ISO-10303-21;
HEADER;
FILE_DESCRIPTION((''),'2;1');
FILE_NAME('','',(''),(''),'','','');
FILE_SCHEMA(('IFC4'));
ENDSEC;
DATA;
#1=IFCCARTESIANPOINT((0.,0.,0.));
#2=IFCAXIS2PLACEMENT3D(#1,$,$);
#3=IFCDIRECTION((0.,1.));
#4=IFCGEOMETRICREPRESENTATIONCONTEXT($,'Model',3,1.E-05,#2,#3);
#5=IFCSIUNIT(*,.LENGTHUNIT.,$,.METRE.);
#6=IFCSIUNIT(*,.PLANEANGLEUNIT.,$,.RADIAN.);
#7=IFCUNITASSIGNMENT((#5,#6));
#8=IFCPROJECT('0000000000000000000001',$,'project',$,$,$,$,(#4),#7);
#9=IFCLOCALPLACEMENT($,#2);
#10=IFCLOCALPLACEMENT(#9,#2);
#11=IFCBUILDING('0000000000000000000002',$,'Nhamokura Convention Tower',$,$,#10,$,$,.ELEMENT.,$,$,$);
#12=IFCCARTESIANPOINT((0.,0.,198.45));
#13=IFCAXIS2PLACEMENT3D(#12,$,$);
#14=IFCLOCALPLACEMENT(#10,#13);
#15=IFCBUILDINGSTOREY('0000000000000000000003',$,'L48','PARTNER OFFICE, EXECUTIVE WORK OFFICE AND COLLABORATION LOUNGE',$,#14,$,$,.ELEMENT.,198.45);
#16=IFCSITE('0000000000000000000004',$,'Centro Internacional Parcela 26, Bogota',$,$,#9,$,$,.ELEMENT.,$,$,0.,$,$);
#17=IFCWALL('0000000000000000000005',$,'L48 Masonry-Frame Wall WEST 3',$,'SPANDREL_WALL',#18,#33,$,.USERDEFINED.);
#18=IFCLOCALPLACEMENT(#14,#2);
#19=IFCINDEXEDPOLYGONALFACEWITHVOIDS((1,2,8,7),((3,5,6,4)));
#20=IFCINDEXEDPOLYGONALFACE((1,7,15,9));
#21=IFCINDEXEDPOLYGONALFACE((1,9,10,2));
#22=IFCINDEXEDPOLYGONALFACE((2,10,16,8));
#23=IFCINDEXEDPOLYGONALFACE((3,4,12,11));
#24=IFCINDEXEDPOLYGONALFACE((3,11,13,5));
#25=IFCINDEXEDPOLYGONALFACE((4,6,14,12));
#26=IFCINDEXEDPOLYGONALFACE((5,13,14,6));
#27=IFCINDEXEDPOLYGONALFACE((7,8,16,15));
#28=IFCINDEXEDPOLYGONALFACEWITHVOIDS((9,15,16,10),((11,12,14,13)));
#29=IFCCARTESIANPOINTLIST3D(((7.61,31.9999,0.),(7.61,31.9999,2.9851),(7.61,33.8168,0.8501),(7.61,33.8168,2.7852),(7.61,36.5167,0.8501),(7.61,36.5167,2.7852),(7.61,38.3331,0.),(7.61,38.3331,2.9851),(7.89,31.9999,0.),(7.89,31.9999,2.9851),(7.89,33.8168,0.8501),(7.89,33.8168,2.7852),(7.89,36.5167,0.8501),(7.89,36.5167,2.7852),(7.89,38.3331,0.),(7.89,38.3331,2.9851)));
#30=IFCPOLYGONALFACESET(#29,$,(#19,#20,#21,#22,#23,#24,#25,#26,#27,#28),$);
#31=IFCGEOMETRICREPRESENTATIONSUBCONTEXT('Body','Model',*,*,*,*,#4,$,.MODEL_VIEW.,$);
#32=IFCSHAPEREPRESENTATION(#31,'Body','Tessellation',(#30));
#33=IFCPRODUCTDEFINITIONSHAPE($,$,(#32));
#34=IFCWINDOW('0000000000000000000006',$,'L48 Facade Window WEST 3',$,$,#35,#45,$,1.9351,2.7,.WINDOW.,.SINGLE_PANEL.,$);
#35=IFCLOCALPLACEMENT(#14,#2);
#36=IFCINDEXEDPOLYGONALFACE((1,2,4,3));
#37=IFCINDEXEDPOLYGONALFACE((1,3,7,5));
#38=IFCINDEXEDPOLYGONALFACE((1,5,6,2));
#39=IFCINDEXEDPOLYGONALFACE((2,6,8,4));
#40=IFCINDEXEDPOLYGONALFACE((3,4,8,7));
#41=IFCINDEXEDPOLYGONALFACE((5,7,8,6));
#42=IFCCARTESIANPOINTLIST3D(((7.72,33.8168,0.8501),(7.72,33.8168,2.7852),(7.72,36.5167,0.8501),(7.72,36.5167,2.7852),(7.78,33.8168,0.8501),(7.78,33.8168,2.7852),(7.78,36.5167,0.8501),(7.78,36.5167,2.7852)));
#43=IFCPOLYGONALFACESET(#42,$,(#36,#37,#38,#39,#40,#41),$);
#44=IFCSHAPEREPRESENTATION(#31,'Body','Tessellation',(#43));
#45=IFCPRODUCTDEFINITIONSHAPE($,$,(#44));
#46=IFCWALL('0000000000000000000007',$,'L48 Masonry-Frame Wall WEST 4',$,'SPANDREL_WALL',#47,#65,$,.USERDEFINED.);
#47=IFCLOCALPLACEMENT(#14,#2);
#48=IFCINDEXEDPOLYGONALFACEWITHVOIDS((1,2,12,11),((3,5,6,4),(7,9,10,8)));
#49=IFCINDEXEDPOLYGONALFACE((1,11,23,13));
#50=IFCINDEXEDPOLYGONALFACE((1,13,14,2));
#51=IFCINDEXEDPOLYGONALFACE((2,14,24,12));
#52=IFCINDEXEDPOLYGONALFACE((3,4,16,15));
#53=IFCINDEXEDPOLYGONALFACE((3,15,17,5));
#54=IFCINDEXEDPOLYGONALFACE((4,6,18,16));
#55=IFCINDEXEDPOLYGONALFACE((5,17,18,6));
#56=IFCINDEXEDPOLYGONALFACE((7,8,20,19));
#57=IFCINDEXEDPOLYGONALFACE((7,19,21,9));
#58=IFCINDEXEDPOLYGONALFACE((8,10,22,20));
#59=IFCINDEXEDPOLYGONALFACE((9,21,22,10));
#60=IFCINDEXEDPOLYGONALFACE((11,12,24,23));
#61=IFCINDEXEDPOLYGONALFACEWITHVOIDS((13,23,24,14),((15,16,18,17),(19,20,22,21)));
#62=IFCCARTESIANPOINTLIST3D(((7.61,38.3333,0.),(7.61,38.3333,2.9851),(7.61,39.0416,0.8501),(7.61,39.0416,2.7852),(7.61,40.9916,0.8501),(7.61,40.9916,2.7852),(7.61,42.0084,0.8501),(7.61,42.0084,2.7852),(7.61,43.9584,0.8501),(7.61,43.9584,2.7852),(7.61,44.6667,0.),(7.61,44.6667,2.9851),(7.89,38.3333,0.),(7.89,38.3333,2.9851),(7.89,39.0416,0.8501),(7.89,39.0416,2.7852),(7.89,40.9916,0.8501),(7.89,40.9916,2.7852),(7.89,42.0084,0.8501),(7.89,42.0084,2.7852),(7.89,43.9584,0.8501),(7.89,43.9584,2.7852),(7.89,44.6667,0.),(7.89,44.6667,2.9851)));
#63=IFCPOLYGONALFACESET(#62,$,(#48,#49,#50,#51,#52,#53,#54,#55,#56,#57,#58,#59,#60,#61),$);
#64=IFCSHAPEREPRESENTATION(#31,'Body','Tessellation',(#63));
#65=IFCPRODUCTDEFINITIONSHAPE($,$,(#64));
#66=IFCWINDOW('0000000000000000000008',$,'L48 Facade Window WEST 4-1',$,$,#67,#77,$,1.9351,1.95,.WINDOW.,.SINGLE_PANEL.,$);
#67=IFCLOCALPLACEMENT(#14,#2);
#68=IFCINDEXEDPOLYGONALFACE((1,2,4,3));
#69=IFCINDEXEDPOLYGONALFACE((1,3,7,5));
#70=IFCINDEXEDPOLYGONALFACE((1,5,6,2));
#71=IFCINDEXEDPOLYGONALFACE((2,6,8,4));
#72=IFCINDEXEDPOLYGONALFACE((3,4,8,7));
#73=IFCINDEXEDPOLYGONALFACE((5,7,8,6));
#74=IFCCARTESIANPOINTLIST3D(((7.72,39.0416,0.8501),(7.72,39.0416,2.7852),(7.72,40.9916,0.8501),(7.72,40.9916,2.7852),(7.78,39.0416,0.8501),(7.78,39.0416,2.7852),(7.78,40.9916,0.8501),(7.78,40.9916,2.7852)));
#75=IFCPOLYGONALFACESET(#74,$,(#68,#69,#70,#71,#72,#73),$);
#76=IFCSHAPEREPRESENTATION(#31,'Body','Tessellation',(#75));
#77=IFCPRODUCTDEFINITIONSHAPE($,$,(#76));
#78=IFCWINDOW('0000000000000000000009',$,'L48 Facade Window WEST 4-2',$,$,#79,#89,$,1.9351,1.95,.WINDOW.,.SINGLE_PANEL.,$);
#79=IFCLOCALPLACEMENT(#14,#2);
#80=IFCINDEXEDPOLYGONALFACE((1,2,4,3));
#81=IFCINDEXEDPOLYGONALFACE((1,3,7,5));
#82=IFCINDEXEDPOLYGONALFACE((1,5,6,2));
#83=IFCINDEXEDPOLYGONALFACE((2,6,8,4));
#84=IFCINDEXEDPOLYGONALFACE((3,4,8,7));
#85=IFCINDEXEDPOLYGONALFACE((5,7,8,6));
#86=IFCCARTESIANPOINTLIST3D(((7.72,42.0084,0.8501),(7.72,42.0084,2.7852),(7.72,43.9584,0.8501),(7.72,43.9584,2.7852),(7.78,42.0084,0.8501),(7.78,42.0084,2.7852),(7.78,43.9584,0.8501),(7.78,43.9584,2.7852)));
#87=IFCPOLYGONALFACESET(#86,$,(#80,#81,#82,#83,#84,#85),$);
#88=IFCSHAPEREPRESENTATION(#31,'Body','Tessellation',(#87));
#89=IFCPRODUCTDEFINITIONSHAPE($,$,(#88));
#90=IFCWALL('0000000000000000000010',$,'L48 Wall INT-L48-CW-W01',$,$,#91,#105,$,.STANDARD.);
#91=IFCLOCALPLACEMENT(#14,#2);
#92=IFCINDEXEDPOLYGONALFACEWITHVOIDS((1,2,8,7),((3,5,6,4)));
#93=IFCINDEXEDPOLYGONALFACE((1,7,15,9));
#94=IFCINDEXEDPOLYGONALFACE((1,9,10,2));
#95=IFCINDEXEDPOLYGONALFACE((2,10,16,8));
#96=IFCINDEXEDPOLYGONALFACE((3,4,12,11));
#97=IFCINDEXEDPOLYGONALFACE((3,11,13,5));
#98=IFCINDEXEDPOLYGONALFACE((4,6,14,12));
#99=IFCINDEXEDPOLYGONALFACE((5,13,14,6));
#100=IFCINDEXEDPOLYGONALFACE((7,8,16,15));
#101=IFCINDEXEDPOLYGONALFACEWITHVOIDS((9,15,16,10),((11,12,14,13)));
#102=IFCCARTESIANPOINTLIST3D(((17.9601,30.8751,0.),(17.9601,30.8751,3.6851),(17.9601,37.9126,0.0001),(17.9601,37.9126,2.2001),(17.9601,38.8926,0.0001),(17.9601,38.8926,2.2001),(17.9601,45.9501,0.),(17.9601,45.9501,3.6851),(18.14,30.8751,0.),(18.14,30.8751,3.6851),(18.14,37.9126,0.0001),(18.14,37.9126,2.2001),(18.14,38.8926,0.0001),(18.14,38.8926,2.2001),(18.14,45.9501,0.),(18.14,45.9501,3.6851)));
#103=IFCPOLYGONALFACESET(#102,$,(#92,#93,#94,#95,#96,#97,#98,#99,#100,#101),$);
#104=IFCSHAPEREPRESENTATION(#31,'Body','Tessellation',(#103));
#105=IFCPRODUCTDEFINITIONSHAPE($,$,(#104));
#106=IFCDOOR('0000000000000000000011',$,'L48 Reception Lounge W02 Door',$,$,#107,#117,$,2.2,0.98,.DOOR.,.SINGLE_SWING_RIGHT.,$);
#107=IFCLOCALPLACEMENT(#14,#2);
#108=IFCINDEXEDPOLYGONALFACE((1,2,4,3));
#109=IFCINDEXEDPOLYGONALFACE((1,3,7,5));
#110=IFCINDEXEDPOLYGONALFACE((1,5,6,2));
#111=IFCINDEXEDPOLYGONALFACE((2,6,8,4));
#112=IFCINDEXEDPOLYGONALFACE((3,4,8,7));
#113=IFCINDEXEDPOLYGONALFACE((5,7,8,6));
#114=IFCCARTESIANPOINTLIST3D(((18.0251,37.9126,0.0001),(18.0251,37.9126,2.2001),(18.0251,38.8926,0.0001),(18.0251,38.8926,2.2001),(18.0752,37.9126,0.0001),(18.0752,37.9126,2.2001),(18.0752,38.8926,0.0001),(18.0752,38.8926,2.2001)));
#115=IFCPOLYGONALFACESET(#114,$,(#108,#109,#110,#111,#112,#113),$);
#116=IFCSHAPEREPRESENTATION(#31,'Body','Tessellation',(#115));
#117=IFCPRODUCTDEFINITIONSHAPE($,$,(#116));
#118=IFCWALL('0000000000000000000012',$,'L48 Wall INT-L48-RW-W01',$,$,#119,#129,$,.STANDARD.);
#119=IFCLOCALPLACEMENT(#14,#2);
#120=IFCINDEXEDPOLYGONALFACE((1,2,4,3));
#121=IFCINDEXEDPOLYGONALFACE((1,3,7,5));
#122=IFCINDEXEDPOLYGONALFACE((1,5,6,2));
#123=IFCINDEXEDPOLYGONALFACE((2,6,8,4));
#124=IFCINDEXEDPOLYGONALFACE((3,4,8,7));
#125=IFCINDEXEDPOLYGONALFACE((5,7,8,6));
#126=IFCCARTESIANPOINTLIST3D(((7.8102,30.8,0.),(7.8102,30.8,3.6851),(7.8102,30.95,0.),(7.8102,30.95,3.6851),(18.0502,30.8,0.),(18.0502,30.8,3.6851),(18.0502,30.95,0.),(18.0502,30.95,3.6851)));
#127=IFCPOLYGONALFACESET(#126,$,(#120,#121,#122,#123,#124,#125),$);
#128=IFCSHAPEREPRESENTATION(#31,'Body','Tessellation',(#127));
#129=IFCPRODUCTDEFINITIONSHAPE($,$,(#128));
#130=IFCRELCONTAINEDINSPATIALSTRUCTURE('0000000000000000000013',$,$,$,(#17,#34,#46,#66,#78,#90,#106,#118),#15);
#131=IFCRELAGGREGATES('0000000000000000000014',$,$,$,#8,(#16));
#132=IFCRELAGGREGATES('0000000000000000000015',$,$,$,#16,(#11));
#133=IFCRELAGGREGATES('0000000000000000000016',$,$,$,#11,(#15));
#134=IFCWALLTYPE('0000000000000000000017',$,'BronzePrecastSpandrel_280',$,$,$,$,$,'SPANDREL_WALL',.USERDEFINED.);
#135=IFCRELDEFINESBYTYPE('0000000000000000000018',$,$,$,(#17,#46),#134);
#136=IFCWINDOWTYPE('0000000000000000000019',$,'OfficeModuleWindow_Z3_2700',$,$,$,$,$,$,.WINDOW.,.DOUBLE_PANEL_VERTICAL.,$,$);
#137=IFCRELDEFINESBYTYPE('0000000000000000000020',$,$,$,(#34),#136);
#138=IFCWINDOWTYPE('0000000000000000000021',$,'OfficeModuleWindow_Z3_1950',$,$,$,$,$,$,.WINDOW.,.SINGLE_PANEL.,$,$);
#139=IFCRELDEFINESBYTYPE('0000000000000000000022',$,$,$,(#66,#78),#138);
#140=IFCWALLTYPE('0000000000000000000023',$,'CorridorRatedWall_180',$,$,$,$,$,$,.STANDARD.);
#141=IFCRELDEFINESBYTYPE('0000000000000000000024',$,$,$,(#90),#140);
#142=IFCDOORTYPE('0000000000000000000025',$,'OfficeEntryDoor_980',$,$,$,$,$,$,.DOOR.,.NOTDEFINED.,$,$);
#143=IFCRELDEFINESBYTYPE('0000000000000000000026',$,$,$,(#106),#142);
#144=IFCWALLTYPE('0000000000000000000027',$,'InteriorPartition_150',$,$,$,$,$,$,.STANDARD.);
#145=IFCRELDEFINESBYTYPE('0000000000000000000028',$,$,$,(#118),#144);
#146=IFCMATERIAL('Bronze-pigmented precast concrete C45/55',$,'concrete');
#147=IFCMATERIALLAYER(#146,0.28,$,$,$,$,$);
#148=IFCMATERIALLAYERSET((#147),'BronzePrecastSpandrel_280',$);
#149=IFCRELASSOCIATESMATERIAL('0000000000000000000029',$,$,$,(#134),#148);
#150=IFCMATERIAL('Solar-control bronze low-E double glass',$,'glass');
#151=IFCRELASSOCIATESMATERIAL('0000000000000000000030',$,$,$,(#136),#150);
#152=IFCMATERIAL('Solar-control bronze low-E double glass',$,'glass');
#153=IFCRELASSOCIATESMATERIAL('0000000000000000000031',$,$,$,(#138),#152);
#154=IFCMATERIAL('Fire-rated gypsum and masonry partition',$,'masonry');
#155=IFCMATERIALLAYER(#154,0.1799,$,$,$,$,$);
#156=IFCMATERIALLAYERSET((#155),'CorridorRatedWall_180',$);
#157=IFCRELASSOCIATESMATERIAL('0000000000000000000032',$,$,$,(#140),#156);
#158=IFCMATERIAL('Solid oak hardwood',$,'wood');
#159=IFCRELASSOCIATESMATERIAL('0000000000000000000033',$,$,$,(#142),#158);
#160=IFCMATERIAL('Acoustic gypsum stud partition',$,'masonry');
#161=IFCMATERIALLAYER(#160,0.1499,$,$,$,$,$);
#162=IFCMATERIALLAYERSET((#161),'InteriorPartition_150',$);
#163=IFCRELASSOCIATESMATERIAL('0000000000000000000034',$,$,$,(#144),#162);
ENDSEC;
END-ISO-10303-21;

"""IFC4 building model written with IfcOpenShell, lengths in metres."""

from ifc_helpers import new_model, si_unit, direction, frame, frame_2d, origin, place, context, subcontext, project, spatial, rectangle, extrude, material, layer, layer_set, type_object, element, fill, save


model = new_model("IFC4")

# Units and contexts
model_context = context("Model", 3, precision=1e-05, world=origin(), true_north=direction((0.0, 1.0)))
body_context = subcontext(model_context, "Body", "Model", "MODEL_VIEW")
ifc_project = project(units=[si_unit("LENGTHUNIT", "METRE"), si_unit("PLANEANGLEUNIT", "RADIAN")], contexts=[model_context])

# Site, building, storey
site_placement = place(None, origin())
site = spatial("IfcSite", under=ifc_project, at=site_placement, Name="Centro Internacional Parcela 26, Bogota", CompositionType="ELEMENT", RefElevation=0.0)
building_placement = place(site_placement, origin())
building = spatial("IfcBuilding", under=site, at=building_placement, Name="Nhamokura Convention Tower", CompositionType="ELEMENT")
storey_placement = place(building_placement, frame((0.0, 0.0, 198.45)))
storey = spatial("IfcBuildingStorey", under=building, at=storey_placement, Name="L48", Description="PARTNER OFFICE, EXECUTIVE WORK OFFICE AND COLLABORATION LOUNGE", CompositionType="ELEMENT", Elevation=198.45)

# Wall, opening, window
ifc_material_1 = material(Name="Bronze-pigmented precast concrete C45/55", Category="concrete")
ifc_layer_1 = layer(ifc_material_1, 0.28)
ifc_layer_set_1 = layer_set([ifc_layer_1], Name="BronzePrecastSpandrel_280")
wall_type_1 = type_object("IfcWallType", Name="BronzePrecastSpandrel_280", ElementType="SPANDREL_WALL", PredefinedType="USERDEFINED", material=ifc_layer_set_1)
wall_1_placement = place(storey_placement, frame((7.75, 32.0, 0.0), z_axis=(0.0, 0.0, 1.0), x_axis=(0.0, 1.0, 0.0)))
wall_1 = element("IfcWall", 1, at=wall_1_placement, inside=storey, type_object=wall_type_1, Name="L48 Masonry-Frame Wall WEST 3", ObjectType="SPANDREL_WALL", PredefinedType="USERDEFINED", context=body_context, shape_type="SweptSolid", body=[
    extrude(rectangle(XDim=6.3333, YDim=0.28, at=frame_2d((3.1665, 0.0))), origin(), (0.0, 0.0, 1.0), 2.9851),
])
opening_1_placement = place(wall_1_placement, frame((1.8167, 0.0, 0.8501)))
opening_1 = element("IfcOpeningElement", 2, at=opening_1_placement, cuts=wall_1, PredefinedType="OPENING", context=body_context, shape_type="SweptSolid", body=[
    extrude(rectangle(XDim=2.7, YDim=1.9351, at=frame_2d((1.3501, 0.9675))), frame((0.0, 0.1499, 0.0), z_axis=(0.0, -1.0, 0.0), x_axis=(1.0, 0.0, 0.0)), (0.0, 0.0, 1.0), 0.3),
])
ifc_material_2 = material(Name="Solar-control bronze low-E double glass", Category="glass")
window_type_1 = type_object("IfcWindowType", Name="OfficeModuleWindow_Z3_2700", PartitioningType="DOUBLE_PANEL_VERTICAL", PredefinedType="WINDOW", material=ifc_material_2)
window_1_placement = place(opening_1_placement, origin())
window_1 = element("IfcWindow", 3, at=window_1_placement, inside=storey, type_object=window_type_1, Name="L48 Facade Window WEST 3", OverallHeight=1.9351, OverallWidth=2.7, PartitioningType="SINGLE_PANEL", PredefinedType="WINDOW", context=body_context, shape_type="SweptSolid", body=[
    extrude(rectangle(XDim=2.7, YDim=1.9351, at=frame_2d((1.3501, 0.9675))), frame((0.0, 0.03, 0.0), z_axis=(0.0, -1.0, 0.0), x_axis=(1.0, 0.0, 0.0)), (0.0, 0.0, 1.0), 0.0601),
])
fill(opening_1, window_1)

# Wall, openings, windows
wall_2_placement = place(storey_placement, frame((7.75, 38.3333, 0.0), z_axis=(0.0, 0.0, 1.0), x_axis=(0.0, 1.0, 0.0)))
wall_2 = element("IfcWall", 4, at=wall_2_placement, inside=storey, type_object=wall_type_1, Name="L48 Masonry-Frame Wall WEST 4", ObjectType="SPANDREL_WALL", PredefinedType="USERDEFINED", context=body_context, shape_type="SweptSolid", body=[
    extrude(rectangle(XDim=6.3335, YDim=0.28, at=frame_2d((3.1667, 0.0))), origin(), (0.0, 0.0, 1.0), 2.9851),
])
opening_2_placement = place(wall_2_placement, frame((0.7083, 0.0, 0.8501)))
opening_2 = element("IfcOpeningElement", 5, at=opening_2_placement, cuts=wall_2, PredefinedType="OPENING", context=body_context, shape_type="SweptSolid", body=[
    extrude(rectangle(XDim=1.95, YDim=1.9351, at=frame_2d((0.9751, 0.9675))), frame((0.0, 0.1499, 0.0), z_axis=(0.0, -1.0, 0.0), x_axis=(1.0, 0.0, 0.0)), (0.0, 0.0, 1.0), 0.3),
])
opening_3_placement = place(wall_2_placement, frame((3.675, 0.0, 0.8501)))
opening_3 = element("IfcOpeningElement", 6, at=opening_3_placement, cuts=wall_2, PredefinedType="OPENING", context=body_context, shape_type="SweptSolid", body=[
    extrude(rectangle(XDim=1.95, YDim=1.9351, at=frame_2d((0.9751, 0.9675))), frame((0.0, 0.1499, 0.0), z_axis=(0.0, -1.0, 0.0), x_axis=(1.0, 0.0, 0.0)), (0.0, 0.0, 1.0), 0.3),
])
ifc_material_3 = material(Name="Solar-control bronze low-E double glass", Category="glass")
window_type_2 = type_object("IfcWindowType", Name="OfficeModuleWindow_Z3_1950", PartitioningType="SINGLE_PANEL", PredefinedType="WINDOW", material=ifc_material_3)
window_2_placement = place(opening_2_placement, origin())
window_2 = element("IfcWindow", 7, at=window_2_placement, inside=storey, type_object=window_type_2, Name="L48 Facade Window WEST 4-1", OverallHeight=1.9351, OverallWidth=1.95, PartitioningType="SINGLE_PANEL", PredefinedType="WINDOW", context=body_context, shape_type="SweptSolid", body=[
    extrude(rectangle(XDim=1.95, YDim=1.9351, at=frame_2d((0.9751, 0.9675))), frame((0.0, 0.03, 0.0), z_axis=(0.0, -1.0, 0.0), x_axis=(1.0, 0.0, 0.0)), (0.0, 0.0, 1.0), 0.0601),
])
fill(opening_2, window_2)
window_3_placement = place(opening_3_placement, origin())
window_3 = element("IfcWindow", 8, at=window_3_placement, inside=storey, type_object=window_type_2, Name="L48 Facade Window WEST 4-2", OverallHeight=1.9351, OverallWidth=1.95, PartitioningType="SINGLE_PANEL", PredefinedType="WINDOW", context=body_context, shape_type="SweptSolid", body=[
    extrude(rectangle(XDim=1.95, YDim=1.9351, at=frame_2d((0.9751, 0.9675))), frame((0.0, 0.03, 0.0), z_axis=(0.0, -1.0, 0.0), x_axis=(1.0, 0.0, 0.0)), (0.0, 0.0, 1.0), 0.0601),
])
fill(opening_3, window_3)

# Wall, opening, door
ifc_material_4 = material(Name="Fire-rated gypsum and masonry partition", Category="masonry")
ifc_layer_2 = layer(ifc_material_4, 0.1799)
ifc_layer_set_2 = layer_set([ifc_layer_2], Name="CorridorRatedWall_180")
wall_type_2 = type_object("IfcWallType", Name="CorridorRatedWall_180", PredefinedType="STANDARD", material=ifc_layer_set_2)
wall_3_placement = place(storey_placement, frame((18.05, 30.875, 0.0), z_axis=(0.0, 0.0, 1.0), x_axis=(0.0, 1.0, 0.0)))
wall_3 = element("IfcWall", 9, at=wall_3_placement, inside=storey, type_object=wall_type_2, Name="L48 Wall INT-L48-CW-W01", PredefinedType="STANDARD", context=body_context, shape_type="SweptSolid", body=[
    extrude(rectangle(XDim=15.075, YDim=0.1799, at=frame_2d((7.5376, 0.0))), origin(), (0.0, 0.0, 1.0), 3.6851),
])
opening_4_placement = place(wall_3_placement, frame((7.0376, 0.0, 0.0)))
opening_4 = element("IfcOpeningElement", 10, at=opening_4_placement, cuts=wall_3, PredefinedType="OPENING", context=body_context, shape_type="SweptSolid", body=[
    extrude(rectangle(XDim=0.98, YDim=2.2, at=frame_2d((0.49, 1.1001))), frame((0.0, 0.0999, 0.0), z_axis=(0.0, -1.0, 0.0), x_axis=(1.0, 0.0, 0.0)), (0.0, 0.0, 1.0), 0.2),
])
ifc_material_5 = material(Name="Solid oak hardwood", Category="wood")
door_type_1 = type_object("IfcDoorType", Name="OfficeEntryDoor_980", OperationType="NOTDEFINED", PredefinedType="DOOR", material=ifc_material_5)
door_1_placement = place(opening_4_placement, origin())
door_1 = element("IfcDoor", 11, at=door_1_placement, inside=storey, type_object=door_type_1, Name="L48 Reception Lounge W02 Door", OperationType="SINGLE_SWING_RIGHT", OverallHeight=2.2, OverallWidth=0.98, PredefinedType="DOOR", context=body_context, shape_type="SweptSolid", body=[
    extrude(rectangle(XDim=0.98, YDim=2.2, at=frame_2d((0.49, 1.1001))), frame((0.0, 0.0249, 0.0), z_axis=(0.0, -1.0, 0.0), x_axis=(1.0, 0.0, 0.0)), (0.0, 0.0, 1.0), 0.05),
])
fill(opening_4, door_1)

# Wall
ifc_material_6 = material(Name="Acoustic gypsum stud partition", Category="masonry")
ifc_layer_3 = layer(ifc_material_6, 0.1499)
ifc_layer_set_3 = layer_set([ifc_layer_3], Name="InteriorPartition_150")
wall_type_3 = type_object("IfcWallType", Name="InteriorPartition_150", PredefinedType="STANDARD", material=ifc_layer_set_3)
wall_4_placement = place(storey_placement, frame((7.8101, 30.875, 0.0), z_axis=(0.0, 0.0, 1.0), x_axis=(1.0, 0.0, 0.0)))
element("IfcWall", 12, at=wall_4_placement, inside=storey, type_object=wall_type_3, Name="L48 Wall INT-L48-RW-W01", PredefinedType="STANDARD", context=body_context, shape_type="SweptSolid", body=[
    extrude(rectangle(XDim=10.24, YDim=0.1499, at=frame_2d((5.1201, 0.0))), origin(), (0.0, 0.0, 1.0), 3.6851),
])

save(model, "model.ifc")
